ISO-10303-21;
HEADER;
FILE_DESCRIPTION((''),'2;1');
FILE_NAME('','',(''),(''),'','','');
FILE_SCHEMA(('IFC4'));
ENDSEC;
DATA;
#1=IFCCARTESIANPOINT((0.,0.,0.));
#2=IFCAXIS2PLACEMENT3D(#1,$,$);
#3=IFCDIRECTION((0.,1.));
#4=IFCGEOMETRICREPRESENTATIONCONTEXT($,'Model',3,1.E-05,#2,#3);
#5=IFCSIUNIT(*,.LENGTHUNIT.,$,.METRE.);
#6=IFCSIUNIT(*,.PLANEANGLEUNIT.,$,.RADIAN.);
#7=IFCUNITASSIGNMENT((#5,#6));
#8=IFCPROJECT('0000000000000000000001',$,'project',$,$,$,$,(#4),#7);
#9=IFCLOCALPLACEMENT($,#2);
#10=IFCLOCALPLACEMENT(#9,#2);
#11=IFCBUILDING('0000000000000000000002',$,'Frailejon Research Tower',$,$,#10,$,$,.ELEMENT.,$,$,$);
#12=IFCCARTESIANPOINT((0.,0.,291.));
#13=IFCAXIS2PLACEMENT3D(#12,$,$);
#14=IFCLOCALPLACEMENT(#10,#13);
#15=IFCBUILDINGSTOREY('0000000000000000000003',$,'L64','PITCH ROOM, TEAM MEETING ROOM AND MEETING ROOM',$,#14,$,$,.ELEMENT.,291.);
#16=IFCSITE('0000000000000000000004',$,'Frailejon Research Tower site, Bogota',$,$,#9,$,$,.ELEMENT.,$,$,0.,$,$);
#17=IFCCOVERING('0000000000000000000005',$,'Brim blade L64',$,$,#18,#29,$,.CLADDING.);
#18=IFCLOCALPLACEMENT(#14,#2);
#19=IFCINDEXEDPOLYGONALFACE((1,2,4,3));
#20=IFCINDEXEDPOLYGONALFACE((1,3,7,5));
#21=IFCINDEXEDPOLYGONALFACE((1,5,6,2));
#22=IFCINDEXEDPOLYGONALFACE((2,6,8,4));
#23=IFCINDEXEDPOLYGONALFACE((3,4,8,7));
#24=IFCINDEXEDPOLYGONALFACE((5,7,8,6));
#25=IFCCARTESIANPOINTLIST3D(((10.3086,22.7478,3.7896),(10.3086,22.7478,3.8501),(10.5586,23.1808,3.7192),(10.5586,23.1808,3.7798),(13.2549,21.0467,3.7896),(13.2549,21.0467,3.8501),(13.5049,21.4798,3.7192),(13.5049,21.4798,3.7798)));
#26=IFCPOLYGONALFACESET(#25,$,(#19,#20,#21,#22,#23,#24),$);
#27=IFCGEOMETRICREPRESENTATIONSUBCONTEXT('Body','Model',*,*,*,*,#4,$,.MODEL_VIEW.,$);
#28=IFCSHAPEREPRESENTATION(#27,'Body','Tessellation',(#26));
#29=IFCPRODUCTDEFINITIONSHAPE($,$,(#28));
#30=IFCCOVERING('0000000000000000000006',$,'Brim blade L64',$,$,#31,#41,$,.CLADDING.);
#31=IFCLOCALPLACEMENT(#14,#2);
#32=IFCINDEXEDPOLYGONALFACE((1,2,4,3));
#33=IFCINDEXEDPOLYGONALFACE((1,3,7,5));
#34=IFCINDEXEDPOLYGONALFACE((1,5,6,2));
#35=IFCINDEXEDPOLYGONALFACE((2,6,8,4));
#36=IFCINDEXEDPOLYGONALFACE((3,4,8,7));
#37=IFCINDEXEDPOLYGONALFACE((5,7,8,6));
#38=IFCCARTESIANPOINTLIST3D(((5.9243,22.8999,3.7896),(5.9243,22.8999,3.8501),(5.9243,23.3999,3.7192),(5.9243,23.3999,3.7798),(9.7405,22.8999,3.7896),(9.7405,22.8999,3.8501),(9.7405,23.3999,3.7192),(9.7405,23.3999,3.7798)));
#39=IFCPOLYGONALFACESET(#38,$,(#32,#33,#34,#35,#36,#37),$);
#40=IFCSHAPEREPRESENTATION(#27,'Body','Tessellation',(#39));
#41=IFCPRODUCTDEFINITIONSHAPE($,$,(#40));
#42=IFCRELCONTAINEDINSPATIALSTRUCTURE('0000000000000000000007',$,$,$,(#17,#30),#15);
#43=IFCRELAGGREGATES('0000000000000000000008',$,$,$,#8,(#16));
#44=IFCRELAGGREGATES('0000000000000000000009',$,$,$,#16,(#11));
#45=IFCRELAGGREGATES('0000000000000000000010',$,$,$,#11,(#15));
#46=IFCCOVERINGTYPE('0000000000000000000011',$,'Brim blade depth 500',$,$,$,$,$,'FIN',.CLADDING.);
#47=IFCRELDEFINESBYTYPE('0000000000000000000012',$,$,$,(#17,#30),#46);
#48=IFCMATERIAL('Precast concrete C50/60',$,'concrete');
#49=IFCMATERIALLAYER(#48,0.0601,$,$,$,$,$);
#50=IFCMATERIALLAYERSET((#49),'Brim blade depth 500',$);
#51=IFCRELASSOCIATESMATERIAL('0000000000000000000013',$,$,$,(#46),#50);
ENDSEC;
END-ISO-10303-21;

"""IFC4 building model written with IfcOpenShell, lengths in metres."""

from ifc_helpers import new_model, si_unit, direction, frame, origin, place, context, subcontext, project, spatial, polyline, outline, extrude, material, layer, layer_set, type_object, element, save


model = new_model("IFC4")

# Units and contexts
model_context = context("Model", 3, precision=1e-05, world=origin(), true_north=direction((0.0, 1.0)))
body_context = subcontext(model_context, "Body", "Model", "MODEL_VIEW")
ifc_project = project(units=[si_unit("LENGTHUNIT", "METRE"), si_unit("PLANEANGLEUNIT", "RADIAN")], contexts=[model_context])

# Site, building, storey
site_placement = place(None, origin())
site = spatial("IfcSite", under=ifc_project, at=site_placement, Name="Frailejon Research Tower site, Bogota", CompositionType="ELEMENT", RefElevation=0.0)
building_placement = place(site_placement, origin())
building = spatial("IfcBuilding", under=site, at=building_placement, Name="Frailejon Research Tower", CompositionType="ELEMENT")
storey_placement = place(building_placement, frame((0.0, 0.0, 291.0)))
storey = spatial("IfcBuildingStorey", under=building, at=storey_placement, Name="L64", Description="PITCH ROOM, TEAM MEETING ROOM AND MEETING ROOM", CompositionType="ELEMENT", Elevation=291.0)

# Coverings
ifc_material_1 = material(Name="Precast concrete C50/60", Category="concrete")
ifc_layer_1 = layer(ifc_material_1, 0.0601)
ifc_layer_set_1 = layer_set([ifc_layer_1], Name="Brim blade depth 500")
covering_type_1 = type_object("IfcCoveringType", Name="Brim blade depth 500", ElementType="FIN", PredefinedType="CLADDING", material=ifc_layer_set_1)
covering_1_placement = place(storey_placement, frame((10.3086, 22.7478, 3.8501), z_axis=(0.866024, -0.500003, 0.0), x_axis=(0.500003, 0.866024, 0.0)))
element("IfcCovering", 1, at=covering_1_placement, inside=storey, type_object=covering_type_1, Name="Brim blade L64", PredefinedType="CLADDING", context=body_context, shape_type="SweptSolid", body=[
    extrude(outline(polyline([(0.0, -0.0605), (0.5, -0.1309), (0.5, -0.0703), (0.0, 0.0), (0.0, -0.0605)])), origin(), (0.0, 0.0, 1.0), 3.4021),
])
covering_2_placement = place(storey_placement, frame((5.9243, 22.8999, 3.8501), z_axis=(1.0, 0.0, 0.0), x_axis=(0.0, 1.0, 0.0)))
element("IfcCovering", 2, at=covering_2_placement, inside=storey, type_object=covering_type_1, Name="Brim blade L64", PredefinedType="CLADDING", context=body_context, shape_type="SweptSolid", body=[
    extrude(outline(polyline([(0.0, -0.0605), (0.5, -0.1309), (0.5, -0.0703), (0.0, 0.0), (0.0, -0.0605)])), origin(), (0.0, 0.0, 1.0), 3.8162),
])

save(model, "model.ifc")
